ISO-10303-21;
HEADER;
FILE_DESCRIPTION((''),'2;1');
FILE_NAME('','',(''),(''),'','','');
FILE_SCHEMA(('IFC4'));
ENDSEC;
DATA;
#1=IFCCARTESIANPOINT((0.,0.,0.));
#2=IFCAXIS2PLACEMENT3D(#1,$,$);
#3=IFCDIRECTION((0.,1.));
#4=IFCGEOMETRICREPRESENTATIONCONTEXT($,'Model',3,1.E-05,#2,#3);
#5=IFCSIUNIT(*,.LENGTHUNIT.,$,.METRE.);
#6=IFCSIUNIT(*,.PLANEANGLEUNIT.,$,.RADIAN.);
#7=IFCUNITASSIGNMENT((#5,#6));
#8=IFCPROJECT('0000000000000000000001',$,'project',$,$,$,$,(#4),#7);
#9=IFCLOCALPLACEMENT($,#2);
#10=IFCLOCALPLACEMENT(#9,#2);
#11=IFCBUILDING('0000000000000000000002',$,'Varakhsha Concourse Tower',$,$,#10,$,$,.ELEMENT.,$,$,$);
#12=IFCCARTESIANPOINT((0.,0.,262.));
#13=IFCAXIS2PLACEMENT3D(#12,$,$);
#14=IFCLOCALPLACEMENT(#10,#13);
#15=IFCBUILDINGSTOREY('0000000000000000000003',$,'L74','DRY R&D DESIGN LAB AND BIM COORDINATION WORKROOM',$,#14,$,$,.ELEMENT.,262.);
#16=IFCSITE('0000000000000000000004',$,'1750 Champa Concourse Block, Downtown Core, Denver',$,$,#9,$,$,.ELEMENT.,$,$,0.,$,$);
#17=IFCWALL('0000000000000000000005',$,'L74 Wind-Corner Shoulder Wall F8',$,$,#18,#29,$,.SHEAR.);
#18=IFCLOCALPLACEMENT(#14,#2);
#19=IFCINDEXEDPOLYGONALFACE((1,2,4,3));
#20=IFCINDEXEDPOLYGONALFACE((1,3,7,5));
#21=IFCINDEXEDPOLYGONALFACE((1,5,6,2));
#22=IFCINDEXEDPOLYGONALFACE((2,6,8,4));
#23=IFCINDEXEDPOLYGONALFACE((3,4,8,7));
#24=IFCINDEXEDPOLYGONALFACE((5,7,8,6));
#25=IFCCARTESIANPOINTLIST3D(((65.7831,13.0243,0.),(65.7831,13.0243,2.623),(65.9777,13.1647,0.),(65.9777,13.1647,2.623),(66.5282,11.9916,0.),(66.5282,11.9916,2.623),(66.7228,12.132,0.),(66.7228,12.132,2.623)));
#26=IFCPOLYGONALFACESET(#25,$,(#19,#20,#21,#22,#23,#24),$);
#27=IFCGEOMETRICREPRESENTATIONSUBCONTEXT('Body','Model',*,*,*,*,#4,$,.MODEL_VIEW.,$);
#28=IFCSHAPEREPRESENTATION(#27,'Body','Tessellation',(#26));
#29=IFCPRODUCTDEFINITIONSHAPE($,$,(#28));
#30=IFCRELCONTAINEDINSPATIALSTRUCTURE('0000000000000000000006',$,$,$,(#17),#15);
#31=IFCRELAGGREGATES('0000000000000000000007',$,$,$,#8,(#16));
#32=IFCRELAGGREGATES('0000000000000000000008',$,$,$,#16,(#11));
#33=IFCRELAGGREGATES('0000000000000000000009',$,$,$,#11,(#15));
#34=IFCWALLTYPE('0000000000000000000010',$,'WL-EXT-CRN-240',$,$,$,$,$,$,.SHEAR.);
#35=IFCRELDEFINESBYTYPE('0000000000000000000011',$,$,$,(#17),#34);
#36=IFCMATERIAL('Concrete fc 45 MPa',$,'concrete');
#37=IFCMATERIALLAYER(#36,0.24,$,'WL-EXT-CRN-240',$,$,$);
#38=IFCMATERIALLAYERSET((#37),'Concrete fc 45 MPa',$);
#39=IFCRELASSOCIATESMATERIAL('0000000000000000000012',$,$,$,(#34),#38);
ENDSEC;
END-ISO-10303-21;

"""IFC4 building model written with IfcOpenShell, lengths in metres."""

from ifc_helpers import new_model, si_unit, direction, frame, frame_2d, origin, place, context, subcontext, project, spatial, rectangle, extrude, material, layer, layer_set, type_object, element, save


model = new_model("IFC4")

# Units and contexts
model_context = context("Model", 3, precision=1e-05, world=origin(), true_north=direction((0.0, 1.0)))
body_context = subcontext(model_context, "Body", "Model", "MODEL_VIEW")
ifc_project = project(units=[si_unit("LENGTHUNIT", "METRE"), si_unit("PLANEANGLEUNIT", "RADIAN")], contexts=[model_context])

# Site, building, storey
site_placement = place(None, origin())
site = spatial("IfcSite", under=ifc_project, at=site_placement, Name="1750 Champa Concourse Block, Downtown Core, Denver", CompositionType="ELEMENT", RefElevation=0.0)
building_placement = place(site_placement, origin())
building = spatial("IfcBuilding", under=site, at=building_placement, Name="Varakhsha Concourse Tower", CompositionType="ELEMENT")
storey_placement = place(building_placement, frame((0.0, 0.0, 262.0)))
storey = spatial("IfcBuildingStorey", under=building, at=storey_placement, Name="L74", Description="DRY R&D DESIGN LAB AND BIM COORDINATION WORKROOM", CompositionType="ELEMENT", Elevation=262.0)

# Wall
ifc_material_1 = material(Name="Concrete fc 45 MPa", Category="concrete")
ifc_layer_1 = layer(ifc_material_1, 0.24, Name="WL-EXT-CRN-240")
ifc_layer_set_1 = layer_set([ifc_layer_1], Name="Concrete fc 45 MPa")
wall_type = type_object("IfcWallType", Name="WL-EXT-CRN-240", PredefinedType="SHEAR", material=ifc_layer_set_1)
wall_1_placement = place(storey_placement, frame((66.6255, 12.0618, 0.0), z_axis=(0.0, 0.0, 1.0), x_axis=(-0.585113, 0.810952, 0.0)))
element("IfcWall", 1, at=wall_1_placement, inside=storey, type_object=wall_type, Name="L74 Wind-Corner Shoulder Wall F8", PredefinedType="SHEAR", context=body_context, shape_type="SweptSolid", body=[
    extrude(rectangle(XDim=1.2734, YDim=0.24, at=frame_2d((0.6367, 0.0))), origin(), (0.0, 0.0, 1.0), 2.623),
])

save(model, "model.ifc")
